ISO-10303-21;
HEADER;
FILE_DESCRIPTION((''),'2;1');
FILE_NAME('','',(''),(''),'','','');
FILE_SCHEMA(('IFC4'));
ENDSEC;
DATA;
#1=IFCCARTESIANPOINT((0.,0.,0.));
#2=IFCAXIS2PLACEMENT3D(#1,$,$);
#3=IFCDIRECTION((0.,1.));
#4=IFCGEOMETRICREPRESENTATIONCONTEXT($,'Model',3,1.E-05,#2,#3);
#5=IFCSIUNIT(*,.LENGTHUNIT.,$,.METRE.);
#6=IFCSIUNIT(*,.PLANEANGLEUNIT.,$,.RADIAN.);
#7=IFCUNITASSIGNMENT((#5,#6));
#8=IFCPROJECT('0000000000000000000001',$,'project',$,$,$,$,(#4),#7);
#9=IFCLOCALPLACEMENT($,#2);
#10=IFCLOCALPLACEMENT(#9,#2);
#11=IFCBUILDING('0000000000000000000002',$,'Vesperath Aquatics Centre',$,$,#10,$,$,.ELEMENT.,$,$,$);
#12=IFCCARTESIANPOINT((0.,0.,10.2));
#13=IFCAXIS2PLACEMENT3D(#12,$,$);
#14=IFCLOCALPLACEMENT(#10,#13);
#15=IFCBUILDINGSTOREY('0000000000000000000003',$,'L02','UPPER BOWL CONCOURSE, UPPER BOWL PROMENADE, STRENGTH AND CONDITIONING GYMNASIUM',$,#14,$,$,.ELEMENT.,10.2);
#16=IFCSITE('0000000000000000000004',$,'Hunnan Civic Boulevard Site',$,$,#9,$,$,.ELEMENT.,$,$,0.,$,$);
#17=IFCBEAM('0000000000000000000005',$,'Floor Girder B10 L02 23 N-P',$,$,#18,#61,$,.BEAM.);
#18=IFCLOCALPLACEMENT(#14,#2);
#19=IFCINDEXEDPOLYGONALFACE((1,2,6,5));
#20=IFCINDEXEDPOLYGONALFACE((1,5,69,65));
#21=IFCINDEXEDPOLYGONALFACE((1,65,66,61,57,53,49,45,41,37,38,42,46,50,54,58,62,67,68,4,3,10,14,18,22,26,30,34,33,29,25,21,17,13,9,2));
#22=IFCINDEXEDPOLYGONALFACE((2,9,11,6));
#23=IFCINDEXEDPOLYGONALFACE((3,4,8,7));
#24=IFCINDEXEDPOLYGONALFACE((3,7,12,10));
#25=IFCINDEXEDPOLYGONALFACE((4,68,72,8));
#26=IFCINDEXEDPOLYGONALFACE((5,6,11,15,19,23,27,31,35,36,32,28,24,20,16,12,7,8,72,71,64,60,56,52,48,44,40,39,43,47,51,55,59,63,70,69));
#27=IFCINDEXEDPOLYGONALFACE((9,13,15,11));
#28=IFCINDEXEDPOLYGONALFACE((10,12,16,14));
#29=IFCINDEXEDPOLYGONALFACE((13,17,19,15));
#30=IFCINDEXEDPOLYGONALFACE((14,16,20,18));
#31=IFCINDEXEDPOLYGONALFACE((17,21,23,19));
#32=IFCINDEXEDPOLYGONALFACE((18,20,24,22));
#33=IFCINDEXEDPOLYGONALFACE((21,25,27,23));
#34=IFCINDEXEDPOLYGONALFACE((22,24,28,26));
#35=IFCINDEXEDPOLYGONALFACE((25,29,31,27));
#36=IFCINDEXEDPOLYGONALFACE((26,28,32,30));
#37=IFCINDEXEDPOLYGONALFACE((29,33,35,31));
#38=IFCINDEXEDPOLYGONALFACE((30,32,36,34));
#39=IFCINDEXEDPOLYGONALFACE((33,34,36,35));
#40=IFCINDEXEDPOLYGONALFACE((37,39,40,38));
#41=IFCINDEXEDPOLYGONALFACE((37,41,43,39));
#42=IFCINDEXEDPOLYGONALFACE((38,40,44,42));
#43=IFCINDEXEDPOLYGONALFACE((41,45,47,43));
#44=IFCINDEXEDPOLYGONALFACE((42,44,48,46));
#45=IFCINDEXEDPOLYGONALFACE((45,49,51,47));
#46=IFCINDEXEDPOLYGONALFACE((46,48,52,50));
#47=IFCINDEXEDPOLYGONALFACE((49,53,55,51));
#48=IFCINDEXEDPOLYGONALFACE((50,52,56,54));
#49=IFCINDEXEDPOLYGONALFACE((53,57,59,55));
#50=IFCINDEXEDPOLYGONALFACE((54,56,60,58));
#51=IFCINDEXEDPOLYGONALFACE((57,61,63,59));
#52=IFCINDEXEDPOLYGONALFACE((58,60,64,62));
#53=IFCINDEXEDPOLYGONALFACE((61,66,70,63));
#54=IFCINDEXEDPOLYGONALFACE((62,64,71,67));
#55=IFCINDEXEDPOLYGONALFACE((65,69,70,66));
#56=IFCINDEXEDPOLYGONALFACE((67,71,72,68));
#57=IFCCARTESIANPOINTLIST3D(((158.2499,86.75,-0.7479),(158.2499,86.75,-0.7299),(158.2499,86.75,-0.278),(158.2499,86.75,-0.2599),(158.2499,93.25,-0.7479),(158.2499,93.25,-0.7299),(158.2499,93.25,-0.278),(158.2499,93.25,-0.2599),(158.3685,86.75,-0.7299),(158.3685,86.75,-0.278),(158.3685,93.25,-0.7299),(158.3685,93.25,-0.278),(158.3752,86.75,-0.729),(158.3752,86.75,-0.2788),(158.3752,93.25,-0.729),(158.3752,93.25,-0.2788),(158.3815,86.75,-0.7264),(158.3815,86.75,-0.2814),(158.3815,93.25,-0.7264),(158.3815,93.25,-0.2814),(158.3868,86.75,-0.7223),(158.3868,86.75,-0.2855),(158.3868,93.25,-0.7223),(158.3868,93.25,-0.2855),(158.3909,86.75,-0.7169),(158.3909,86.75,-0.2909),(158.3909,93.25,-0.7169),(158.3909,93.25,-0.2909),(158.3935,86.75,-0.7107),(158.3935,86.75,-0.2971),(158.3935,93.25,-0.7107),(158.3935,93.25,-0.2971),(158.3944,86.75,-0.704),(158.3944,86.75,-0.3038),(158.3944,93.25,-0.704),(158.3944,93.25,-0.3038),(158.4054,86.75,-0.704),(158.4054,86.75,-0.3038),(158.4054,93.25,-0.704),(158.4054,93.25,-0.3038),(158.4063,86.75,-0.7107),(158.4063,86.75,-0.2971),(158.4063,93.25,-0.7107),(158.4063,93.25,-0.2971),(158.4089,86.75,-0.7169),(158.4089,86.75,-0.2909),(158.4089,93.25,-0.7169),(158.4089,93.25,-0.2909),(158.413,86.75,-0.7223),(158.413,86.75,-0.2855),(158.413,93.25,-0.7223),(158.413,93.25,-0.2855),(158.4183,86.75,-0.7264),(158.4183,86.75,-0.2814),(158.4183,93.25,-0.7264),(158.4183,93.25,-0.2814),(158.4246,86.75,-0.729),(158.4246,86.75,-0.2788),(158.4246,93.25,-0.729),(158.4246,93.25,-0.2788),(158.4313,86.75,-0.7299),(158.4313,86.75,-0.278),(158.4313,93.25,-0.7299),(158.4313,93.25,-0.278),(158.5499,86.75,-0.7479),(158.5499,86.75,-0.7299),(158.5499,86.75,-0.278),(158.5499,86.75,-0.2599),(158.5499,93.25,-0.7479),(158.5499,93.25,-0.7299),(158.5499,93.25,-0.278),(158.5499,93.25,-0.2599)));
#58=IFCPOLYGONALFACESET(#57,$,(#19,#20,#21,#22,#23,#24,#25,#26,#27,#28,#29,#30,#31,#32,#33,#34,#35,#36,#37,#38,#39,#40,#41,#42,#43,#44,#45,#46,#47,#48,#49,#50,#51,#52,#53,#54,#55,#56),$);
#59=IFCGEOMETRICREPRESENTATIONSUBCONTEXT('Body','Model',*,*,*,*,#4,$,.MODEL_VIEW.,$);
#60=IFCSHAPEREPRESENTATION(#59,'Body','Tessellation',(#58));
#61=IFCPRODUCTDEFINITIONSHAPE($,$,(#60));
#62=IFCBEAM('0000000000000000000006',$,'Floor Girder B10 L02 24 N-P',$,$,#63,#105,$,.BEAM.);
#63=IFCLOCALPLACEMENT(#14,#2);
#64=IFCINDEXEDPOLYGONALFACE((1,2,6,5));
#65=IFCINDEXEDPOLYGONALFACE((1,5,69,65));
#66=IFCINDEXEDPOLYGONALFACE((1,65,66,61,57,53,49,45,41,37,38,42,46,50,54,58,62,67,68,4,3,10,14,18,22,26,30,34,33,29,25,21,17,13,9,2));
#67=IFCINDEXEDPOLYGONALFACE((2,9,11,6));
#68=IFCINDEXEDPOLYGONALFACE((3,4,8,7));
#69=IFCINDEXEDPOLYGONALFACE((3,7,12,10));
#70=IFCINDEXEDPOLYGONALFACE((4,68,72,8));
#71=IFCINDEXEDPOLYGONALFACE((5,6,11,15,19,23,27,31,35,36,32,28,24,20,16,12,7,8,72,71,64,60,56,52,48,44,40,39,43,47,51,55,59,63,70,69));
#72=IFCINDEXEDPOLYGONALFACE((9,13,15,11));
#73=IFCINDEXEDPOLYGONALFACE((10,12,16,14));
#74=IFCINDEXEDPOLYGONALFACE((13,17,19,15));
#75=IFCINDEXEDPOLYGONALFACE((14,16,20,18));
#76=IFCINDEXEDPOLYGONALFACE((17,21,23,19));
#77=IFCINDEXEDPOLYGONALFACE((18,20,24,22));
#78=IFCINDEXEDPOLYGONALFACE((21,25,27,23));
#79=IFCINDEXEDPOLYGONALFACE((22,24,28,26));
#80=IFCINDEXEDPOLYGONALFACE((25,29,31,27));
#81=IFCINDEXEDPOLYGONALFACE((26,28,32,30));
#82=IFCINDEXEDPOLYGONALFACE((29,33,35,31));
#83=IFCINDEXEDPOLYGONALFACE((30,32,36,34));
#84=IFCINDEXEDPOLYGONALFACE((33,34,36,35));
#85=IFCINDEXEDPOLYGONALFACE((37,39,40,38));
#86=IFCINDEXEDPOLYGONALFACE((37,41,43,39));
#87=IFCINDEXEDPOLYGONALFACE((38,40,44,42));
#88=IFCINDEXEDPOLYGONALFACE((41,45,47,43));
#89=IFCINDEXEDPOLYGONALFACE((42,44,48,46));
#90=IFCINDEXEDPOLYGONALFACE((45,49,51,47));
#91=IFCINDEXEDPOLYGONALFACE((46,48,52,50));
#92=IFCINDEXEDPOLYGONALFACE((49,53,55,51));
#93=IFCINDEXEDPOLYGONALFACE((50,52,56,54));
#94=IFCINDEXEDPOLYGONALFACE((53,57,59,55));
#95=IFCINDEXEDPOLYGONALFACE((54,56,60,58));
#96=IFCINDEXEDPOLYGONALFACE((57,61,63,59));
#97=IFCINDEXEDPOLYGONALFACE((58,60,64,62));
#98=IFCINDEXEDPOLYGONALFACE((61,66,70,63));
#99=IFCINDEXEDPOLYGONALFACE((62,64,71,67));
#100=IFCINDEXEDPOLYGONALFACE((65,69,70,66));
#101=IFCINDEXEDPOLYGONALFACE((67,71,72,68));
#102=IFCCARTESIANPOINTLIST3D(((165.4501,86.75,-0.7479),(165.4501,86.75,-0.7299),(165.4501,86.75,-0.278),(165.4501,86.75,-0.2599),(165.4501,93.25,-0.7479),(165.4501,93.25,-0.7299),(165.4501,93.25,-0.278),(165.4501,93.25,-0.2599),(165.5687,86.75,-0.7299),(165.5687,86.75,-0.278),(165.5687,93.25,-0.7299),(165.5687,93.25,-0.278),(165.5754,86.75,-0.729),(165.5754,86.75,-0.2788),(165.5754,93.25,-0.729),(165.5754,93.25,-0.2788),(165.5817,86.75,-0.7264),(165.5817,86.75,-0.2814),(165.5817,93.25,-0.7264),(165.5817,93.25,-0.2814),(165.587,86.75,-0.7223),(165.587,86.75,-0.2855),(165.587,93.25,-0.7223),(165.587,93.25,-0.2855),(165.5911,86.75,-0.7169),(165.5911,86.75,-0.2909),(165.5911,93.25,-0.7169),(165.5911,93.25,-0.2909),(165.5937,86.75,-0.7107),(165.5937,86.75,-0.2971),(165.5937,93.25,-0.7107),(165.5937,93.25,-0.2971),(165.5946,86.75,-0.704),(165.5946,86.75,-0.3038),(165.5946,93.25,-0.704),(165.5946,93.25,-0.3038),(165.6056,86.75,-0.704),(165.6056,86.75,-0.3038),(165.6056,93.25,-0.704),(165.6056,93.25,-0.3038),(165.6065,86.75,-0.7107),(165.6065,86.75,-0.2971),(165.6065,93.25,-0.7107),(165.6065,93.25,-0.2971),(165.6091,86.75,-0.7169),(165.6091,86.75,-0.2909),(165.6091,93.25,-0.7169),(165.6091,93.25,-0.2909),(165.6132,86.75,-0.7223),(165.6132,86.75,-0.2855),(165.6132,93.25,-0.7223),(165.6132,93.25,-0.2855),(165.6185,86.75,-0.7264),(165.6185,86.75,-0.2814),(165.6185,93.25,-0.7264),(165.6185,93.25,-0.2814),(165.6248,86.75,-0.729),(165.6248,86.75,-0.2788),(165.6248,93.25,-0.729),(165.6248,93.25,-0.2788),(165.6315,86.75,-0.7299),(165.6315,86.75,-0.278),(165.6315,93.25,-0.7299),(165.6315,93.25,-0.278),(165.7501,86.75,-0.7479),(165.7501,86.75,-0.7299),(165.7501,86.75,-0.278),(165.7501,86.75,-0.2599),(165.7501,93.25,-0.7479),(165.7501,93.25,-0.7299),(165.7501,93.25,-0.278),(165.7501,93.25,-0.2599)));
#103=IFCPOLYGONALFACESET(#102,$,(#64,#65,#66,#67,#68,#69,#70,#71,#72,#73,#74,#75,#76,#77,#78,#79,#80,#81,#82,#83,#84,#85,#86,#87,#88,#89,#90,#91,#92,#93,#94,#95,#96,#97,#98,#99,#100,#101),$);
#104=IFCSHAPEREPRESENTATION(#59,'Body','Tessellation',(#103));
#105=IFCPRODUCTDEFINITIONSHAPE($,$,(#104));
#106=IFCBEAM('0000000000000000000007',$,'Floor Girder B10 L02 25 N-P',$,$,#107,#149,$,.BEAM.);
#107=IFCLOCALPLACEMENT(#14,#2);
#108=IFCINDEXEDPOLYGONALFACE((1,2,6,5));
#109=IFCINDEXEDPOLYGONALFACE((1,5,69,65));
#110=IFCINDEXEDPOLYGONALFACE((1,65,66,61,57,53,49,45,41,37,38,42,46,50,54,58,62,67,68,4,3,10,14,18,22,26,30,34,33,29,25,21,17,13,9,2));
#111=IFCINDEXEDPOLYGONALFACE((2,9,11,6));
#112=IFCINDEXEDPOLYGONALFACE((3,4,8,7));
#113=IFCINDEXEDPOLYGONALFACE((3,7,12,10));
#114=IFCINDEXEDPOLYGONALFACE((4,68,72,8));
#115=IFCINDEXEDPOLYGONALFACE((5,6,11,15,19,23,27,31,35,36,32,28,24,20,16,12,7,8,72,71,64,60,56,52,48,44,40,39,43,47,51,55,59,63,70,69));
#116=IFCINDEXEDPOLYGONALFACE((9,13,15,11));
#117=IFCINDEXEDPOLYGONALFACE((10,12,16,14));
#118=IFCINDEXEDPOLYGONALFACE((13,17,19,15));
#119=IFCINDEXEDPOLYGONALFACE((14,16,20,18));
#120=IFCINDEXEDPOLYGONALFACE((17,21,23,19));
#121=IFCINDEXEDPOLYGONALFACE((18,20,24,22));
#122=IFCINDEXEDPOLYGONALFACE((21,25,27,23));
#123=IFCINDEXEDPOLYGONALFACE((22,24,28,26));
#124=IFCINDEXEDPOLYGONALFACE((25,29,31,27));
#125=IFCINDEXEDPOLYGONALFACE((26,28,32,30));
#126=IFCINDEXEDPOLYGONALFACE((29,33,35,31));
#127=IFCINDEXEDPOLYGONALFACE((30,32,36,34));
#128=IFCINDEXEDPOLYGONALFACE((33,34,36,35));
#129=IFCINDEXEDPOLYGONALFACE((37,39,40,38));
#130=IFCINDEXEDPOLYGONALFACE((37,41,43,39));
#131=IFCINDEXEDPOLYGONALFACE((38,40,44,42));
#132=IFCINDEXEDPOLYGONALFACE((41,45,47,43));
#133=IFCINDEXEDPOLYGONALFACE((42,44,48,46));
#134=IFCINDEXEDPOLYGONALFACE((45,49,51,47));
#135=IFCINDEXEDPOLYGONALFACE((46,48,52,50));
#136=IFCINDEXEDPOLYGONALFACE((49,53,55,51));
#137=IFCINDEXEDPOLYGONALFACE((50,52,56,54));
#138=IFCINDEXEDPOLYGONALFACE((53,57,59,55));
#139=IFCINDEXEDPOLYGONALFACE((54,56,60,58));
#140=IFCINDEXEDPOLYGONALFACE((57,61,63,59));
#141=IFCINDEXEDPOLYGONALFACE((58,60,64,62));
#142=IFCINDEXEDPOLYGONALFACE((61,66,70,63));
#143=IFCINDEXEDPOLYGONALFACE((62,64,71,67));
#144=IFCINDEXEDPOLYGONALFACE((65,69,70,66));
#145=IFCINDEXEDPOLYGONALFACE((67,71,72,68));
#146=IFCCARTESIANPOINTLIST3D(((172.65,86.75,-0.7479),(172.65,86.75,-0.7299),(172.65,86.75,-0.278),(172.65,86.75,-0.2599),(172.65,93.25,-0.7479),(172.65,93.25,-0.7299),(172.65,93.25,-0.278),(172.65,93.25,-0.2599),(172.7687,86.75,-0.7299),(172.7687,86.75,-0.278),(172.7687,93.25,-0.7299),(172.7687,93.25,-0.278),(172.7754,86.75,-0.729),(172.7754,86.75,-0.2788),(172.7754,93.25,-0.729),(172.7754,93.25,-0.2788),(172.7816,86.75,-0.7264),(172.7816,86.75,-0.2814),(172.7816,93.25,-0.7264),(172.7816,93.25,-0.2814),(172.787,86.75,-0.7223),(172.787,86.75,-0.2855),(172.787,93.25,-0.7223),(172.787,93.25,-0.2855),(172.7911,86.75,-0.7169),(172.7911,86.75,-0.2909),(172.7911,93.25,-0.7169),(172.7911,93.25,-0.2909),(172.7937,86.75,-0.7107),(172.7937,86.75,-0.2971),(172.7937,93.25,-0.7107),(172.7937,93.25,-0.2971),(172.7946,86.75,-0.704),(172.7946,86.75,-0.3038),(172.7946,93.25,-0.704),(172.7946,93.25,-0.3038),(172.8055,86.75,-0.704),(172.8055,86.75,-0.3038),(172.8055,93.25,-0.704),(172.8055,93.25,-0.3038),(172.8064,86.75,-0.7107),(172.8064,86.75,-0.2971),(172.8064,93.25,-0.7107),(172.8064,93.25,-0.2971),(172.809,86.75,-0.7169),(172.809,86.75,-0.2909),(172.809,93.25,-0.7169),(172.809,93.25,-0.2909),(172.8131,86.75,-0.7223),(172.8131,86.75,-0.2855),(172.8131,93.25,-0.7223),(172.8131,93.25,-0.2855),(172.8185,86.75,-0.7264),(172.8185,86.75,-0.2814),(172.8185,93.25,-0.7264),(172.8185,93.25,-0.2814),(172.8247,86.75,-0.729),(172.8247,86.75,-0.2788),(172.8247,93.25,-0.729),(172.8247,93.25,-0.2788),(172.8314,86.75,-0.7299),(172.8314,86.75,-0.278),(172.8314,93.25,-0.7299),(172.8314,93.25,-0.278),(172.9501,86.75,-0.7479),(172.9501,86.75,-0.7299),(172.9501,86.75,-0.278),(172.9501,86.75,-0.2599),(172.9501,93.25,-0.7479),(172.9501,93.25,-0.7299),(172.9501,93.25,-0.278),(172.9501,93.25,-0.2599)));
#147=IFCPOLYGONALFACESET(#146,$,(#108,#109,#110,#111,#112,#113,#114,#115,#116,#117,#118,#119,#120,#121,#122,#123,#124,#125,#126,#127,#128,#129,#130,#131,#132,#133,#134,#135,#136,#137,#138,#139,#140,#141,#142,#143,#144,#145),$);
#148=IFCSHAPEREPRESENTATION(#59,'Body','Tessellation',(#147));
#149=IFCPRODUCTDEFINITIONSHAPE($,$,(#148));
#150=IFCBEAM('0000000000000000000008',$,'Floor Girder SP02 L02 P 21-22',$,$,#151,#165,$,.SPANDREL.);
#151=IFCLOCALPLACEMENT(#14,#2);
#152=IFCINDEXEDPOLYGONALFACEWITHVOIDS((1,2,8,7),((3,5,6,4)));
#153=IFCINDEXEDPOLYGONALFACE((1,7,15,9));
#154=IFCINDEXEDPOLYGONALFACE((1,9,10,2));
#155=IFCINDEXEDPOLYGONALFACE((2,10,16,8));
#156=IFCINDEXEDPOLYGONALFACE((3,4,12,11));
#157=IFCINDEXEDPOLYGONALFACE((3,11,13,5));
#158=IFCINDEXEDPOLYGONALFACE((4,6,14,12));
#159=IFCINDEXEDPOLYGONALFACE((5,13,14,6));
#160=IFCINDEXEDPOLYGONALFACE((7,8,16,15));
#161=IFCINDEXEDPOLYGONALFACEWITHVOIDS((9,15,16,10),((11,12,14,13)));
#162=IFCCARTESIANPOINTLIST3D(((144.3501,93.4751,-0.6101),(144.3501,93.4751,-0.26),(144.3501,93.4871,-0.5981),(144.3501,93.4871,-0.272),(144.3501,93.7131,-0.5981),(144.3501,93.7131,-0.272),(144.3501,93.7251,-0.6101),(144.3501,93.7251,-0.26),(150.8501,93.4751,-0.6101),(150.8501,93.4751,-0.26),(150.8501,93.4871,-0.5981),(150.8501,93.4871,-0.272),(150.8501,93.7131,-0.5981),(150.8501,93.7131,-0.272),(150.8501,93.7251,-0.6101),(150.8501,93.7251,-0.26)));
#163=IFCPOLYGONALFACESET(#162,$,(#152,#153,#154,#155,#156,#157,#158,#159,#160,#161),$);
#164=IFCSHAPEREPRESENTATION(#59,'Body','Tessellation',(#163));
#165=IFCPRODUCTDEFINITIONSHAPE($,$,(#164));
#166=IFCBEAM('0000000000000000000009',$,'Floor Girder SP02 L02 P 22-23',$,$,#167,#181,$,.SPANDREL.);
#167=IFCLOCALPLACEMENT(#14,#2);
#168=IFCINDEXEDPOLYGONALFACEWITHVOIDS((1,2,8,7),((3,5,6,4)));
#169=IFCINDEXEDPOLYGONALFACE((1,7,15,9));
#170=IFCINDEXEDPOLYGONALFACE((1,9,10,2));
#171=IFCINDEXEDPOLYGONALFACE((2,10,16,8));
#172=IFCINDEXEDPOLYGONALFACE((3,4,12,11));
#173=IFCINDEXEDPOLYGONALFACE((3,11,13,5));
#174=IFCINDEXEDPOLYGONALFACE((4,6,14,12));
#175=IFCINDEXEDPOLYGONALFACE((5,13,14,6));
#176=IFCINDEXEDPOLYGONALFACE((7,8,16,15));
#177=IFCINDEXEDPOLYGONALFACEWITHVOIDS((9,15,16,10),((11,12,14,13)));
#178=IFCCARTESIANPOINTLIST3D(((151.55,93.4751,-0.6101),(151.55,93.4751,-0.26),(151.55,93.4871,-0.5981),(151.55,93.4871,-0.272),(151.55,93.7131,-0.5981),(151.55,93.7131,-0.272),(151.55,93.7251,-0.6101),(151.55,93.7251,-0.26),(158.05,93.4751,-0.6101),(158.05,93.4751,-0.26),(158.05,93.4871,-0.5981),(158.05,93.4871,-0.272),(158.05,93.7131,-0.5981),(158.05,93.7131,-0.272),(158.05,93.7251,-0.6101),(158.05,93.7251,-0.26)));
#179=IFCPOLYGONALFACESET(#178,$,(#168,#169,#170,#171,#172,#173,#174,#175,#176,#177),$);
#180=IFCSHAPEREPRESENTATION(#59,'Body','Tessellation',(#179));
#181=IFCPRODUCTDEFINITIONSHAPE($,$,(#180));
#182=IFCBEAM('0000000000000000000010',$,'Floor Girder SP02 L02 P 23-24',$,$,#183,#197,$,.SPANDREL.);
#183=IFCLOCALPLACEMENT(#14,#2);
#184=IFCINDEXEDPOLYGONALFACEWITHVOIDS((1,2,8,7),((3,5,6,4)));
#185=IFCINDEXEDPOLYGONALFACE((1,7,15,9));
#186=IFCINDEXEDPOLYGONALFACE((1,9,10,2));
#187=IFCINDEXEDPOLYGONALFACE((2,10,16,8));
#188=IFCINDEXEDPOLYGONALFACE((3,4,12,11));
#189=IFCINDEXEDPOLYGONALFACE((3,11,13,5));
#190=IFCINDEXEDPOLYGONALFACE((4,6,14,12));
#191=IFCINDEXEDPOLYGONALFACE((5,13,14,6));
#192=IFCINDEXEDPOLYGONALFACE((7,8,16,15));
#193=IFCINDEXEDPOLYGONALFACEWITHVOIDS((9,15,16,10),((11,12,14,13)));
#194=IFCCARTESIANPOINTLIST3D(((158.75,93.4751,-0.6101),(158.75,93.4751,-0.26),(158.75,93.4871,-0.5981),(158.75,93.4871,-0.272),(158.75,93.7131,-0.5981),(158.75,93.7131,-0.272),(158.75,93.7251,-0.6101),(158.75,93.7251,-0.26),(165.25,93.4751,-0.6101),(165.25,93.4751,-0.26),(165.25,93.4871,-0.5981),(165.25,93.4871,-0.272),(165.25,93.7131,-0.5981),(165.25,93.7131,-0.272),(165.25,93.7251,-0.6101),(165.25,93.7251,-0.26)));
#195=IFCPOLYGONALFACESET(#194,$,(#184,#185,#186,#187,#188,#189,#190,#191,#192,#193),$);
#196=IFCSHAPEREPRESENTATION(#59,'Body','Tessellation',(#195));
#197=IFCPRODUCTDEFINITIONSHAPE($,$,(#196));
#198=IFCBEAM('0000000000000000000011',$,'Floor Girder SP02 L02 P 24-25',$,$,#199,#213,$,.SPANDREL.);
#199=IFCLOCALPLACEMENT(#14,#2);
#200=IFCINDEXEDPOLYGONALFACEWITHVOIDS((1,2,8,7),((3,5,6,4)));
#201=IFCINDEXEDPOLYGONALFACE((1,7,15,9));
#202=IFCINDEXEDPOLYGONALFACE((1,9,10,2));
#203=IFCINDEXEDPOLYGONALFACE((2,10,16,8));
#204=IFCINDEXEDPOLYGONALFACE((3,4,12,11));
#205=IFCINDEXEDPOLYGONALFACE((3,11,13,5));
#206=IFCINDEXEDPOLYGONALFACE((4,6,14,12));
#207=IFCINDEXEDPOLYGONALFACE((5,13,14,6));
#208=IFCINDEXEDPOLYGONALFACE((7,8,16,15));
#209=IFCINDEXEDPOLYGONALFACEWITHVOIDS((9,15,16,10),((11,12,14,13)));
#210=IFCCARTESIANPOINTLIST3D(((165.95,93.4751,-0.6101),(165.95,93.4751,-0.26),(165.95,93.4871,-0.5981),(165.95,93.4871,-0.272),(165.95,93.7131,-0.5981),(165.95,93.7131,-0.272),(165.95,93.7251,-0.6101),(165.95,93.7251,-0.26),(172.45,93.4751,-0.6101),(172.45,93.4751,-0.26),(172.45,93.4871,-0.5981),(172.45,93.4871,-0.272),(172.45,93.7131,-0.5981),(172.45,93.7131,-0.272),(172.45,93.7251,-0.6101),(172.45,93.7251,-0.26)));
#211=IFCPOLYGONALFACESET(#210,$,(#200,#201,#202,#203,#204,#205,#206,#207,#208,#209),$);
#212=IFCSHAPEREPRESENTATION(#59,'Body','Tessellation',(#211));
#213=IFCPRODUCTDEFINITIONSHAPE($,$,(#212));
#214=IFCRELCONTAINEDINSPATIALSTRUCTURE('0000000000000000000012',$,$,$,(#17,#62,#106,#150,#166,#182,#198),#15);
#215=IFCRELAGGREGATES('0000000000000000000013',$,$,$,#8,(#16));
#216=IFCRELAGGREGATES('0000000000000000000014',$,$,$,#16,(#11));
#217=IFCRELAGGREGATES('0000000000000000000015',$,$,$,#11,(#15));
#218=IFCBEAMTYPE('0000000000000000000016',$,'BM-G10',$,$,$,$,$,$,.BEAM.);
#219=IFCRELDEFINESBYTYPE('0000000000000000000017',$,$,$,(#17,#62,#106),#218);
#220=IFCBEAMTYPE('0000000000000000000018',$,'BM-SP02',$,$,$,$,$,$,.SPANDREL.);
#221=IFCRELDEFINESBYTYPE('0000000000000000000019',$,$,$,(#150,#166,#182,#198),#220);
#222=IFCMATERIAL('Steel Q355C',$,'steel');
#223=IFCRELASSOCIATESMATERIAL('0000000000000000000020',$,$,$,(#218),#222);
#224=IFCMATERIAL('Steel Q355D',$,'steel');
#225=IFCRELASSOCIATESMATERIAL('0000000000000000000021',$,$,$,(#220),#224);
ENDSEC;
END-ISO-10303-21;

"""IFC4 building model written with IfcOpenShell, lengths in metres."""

from ifc_helpers import new_model, si_unit, direction, frame, origin, origin_2d, place, context, subcontext, project, spatial, hollow_rectangle, i_section, extrude, material, material_profile, profile_set, type_object, element, save


model = new_model("IFC4")

# Units and contexts
model_context = context("Model", 3, precision=1e-05, world=origin(), true_north=direction((0.0, 1.0)))
body_context = subcontext(model_context, "Body", "Model", "MODEL_VIEW")
ifc_project = project(units=[si_unit("LENGTHUNIT", "METRE"), si_unit("PLANEANGLEUNIT", "RADIAN")], contexts=[model_context])

# Site, building, storey
site_placement = place(None, origin())
site = spatial("IfcSite", under=ifc_project, at=site_placement, Name="Hunnan Civic Boulevard Site", CompositionType="ELEMENT", RefElevation=0.0)
building_placement = place(site_placement, origin())
building = spatial("IfcBuilding", under=site, at=building_placement, Name="Vesperath Aquatics Centre", CompositionType="ELEMENT")
storey_placement = place(building_placement, frame((0.0, 0.0, 10.2)))
storey = spatial("IfcBuildingStorey", under=building, at=storey_placement, Name="L02", Description="UPPER BOWL CONCOURSE, UPPER BOWL PROMENADE, STRENGTH AND CONDITIONING GYMNASIUM", CompositionType="ELEMENT", Elevation=10.2)

# Shared definitions
ifc_material_1 = material(Name="Steel Q355D", Category="steel")

# Beams
ifc_material_2 = material(Name="Steel Q355C", Category="steel")
ifc_material_profile_1 = material_profile(ifc_material_2, i_section(OverallWidth=0.3, OverallDepth=0.488, WebThickness=0.011, FlangeThickness=0.0181, FilletRadius=0.0259, at=origin_2d()), Name="HM 488x300x11x18")
ifc_profile_set_1 = profile_set([ifc_material_profile_1], Name="Steel Q355C")
beam_type_1 = type_object("IfcBeamType", Name="BM-G10", PredefinedType="BEAM", material=ifc_profile_set_1)
for number, where, z_axis, x_axis, name in (
    (1, (158.3999, 86.75, -0.5039), (0.0, 1.0, 0.0), (-1.0, 0.0, 0.0), "Floor Girder B10 L02 23 N-P"),
    (2, (165.6001, 86.75, -0.5039), (0.0, 1.0, 0.0), (-1.0, 0.0, 0.0), "Floor Girder B10 L02 24 N-P"),
    (3, (172.8, 86.75, -0.5039), (0.0, 1.0, 0.0), (-1.0, 0.0, 0.0), "Floor Girder B10 L02 25 N-P"),
):
    element("IfcBeam", number, at=place(storey_placement, frame(where, z_axis=z_axis, x_axis=x_axis)), inside=storey, type_object=beam_type_1, Name=name, PredefinedType="BEAM", context=body_context, shape_type="SweptSolid", body=[
        extrude(i_section(OverallWidth=0.3, OverallDepth=0.488, WebThickness=0.011, FlangeThickness=0.0181, FilletRadius=0.0259, at=origin_2d()), origin(), (0.0, 0.0, 1.0), 6.5),
    ])
ifc_material_profile_2 = material_profile(ifc_material_1, hollow_rectangle(XDim=0.25, YDim=0.3501, WallThickness=0.012, at=origin_2d()), Name="RHS 350x250x12")
ifc_profile_set_2 = profile_set([ifc_material_profile_2], Name="Steel Q355D")
beam_type_2 = type_object("IfcBeamType", Name="BM-SP02", PredefinedType="SPANDREL", material=ifc_profile_set_2)
for number, where, z_axis, x_axis, name in (
    (4, (144.3501, 93.6001, -0.4351), (1.0, 0.0, 0.0), (0.0, 1.0, 0.0), "Floor Girder SP02 L02 P 21-22"),
    (5, (151.55, 93.6001, -0.4351), (1.0, 0.0, 0.0), (0.0, 1.0, 0.0), "Floor Girder SP02 L02 P 22-23"),
    (6, (158.75, 93.6001, -0.4351), (1.0, 0.0, 0.0), (0.0, 1.0, 0.0), "Floor Girder SP02 L02 P 23-24"),
    (7, (165.95, 93.6001, -0.4351), (1.0, 0.0, 0.0), (0.0, 1.0, 0.0), "Floor Girder SP02 L02 P 24-25"),
):
    element("IfcBeam", number, at=place(storey_placement, frame(where, z_axis=z_axis, x_axis=x_axis)), inside=storey, type_object=beam_type_2, Name=name, PredefinedType="SPANDREL", context=body_context, shape_type="SweptSolid", body=[
        extrude(hollow_rectangle(XDim=0.25, YDim=0.3501, WallThickness=0.012, at=origin_2d()), origin(), (0.0, 0.0, 1.0), 6.5),
    ])

save(model, "model.ifc")
